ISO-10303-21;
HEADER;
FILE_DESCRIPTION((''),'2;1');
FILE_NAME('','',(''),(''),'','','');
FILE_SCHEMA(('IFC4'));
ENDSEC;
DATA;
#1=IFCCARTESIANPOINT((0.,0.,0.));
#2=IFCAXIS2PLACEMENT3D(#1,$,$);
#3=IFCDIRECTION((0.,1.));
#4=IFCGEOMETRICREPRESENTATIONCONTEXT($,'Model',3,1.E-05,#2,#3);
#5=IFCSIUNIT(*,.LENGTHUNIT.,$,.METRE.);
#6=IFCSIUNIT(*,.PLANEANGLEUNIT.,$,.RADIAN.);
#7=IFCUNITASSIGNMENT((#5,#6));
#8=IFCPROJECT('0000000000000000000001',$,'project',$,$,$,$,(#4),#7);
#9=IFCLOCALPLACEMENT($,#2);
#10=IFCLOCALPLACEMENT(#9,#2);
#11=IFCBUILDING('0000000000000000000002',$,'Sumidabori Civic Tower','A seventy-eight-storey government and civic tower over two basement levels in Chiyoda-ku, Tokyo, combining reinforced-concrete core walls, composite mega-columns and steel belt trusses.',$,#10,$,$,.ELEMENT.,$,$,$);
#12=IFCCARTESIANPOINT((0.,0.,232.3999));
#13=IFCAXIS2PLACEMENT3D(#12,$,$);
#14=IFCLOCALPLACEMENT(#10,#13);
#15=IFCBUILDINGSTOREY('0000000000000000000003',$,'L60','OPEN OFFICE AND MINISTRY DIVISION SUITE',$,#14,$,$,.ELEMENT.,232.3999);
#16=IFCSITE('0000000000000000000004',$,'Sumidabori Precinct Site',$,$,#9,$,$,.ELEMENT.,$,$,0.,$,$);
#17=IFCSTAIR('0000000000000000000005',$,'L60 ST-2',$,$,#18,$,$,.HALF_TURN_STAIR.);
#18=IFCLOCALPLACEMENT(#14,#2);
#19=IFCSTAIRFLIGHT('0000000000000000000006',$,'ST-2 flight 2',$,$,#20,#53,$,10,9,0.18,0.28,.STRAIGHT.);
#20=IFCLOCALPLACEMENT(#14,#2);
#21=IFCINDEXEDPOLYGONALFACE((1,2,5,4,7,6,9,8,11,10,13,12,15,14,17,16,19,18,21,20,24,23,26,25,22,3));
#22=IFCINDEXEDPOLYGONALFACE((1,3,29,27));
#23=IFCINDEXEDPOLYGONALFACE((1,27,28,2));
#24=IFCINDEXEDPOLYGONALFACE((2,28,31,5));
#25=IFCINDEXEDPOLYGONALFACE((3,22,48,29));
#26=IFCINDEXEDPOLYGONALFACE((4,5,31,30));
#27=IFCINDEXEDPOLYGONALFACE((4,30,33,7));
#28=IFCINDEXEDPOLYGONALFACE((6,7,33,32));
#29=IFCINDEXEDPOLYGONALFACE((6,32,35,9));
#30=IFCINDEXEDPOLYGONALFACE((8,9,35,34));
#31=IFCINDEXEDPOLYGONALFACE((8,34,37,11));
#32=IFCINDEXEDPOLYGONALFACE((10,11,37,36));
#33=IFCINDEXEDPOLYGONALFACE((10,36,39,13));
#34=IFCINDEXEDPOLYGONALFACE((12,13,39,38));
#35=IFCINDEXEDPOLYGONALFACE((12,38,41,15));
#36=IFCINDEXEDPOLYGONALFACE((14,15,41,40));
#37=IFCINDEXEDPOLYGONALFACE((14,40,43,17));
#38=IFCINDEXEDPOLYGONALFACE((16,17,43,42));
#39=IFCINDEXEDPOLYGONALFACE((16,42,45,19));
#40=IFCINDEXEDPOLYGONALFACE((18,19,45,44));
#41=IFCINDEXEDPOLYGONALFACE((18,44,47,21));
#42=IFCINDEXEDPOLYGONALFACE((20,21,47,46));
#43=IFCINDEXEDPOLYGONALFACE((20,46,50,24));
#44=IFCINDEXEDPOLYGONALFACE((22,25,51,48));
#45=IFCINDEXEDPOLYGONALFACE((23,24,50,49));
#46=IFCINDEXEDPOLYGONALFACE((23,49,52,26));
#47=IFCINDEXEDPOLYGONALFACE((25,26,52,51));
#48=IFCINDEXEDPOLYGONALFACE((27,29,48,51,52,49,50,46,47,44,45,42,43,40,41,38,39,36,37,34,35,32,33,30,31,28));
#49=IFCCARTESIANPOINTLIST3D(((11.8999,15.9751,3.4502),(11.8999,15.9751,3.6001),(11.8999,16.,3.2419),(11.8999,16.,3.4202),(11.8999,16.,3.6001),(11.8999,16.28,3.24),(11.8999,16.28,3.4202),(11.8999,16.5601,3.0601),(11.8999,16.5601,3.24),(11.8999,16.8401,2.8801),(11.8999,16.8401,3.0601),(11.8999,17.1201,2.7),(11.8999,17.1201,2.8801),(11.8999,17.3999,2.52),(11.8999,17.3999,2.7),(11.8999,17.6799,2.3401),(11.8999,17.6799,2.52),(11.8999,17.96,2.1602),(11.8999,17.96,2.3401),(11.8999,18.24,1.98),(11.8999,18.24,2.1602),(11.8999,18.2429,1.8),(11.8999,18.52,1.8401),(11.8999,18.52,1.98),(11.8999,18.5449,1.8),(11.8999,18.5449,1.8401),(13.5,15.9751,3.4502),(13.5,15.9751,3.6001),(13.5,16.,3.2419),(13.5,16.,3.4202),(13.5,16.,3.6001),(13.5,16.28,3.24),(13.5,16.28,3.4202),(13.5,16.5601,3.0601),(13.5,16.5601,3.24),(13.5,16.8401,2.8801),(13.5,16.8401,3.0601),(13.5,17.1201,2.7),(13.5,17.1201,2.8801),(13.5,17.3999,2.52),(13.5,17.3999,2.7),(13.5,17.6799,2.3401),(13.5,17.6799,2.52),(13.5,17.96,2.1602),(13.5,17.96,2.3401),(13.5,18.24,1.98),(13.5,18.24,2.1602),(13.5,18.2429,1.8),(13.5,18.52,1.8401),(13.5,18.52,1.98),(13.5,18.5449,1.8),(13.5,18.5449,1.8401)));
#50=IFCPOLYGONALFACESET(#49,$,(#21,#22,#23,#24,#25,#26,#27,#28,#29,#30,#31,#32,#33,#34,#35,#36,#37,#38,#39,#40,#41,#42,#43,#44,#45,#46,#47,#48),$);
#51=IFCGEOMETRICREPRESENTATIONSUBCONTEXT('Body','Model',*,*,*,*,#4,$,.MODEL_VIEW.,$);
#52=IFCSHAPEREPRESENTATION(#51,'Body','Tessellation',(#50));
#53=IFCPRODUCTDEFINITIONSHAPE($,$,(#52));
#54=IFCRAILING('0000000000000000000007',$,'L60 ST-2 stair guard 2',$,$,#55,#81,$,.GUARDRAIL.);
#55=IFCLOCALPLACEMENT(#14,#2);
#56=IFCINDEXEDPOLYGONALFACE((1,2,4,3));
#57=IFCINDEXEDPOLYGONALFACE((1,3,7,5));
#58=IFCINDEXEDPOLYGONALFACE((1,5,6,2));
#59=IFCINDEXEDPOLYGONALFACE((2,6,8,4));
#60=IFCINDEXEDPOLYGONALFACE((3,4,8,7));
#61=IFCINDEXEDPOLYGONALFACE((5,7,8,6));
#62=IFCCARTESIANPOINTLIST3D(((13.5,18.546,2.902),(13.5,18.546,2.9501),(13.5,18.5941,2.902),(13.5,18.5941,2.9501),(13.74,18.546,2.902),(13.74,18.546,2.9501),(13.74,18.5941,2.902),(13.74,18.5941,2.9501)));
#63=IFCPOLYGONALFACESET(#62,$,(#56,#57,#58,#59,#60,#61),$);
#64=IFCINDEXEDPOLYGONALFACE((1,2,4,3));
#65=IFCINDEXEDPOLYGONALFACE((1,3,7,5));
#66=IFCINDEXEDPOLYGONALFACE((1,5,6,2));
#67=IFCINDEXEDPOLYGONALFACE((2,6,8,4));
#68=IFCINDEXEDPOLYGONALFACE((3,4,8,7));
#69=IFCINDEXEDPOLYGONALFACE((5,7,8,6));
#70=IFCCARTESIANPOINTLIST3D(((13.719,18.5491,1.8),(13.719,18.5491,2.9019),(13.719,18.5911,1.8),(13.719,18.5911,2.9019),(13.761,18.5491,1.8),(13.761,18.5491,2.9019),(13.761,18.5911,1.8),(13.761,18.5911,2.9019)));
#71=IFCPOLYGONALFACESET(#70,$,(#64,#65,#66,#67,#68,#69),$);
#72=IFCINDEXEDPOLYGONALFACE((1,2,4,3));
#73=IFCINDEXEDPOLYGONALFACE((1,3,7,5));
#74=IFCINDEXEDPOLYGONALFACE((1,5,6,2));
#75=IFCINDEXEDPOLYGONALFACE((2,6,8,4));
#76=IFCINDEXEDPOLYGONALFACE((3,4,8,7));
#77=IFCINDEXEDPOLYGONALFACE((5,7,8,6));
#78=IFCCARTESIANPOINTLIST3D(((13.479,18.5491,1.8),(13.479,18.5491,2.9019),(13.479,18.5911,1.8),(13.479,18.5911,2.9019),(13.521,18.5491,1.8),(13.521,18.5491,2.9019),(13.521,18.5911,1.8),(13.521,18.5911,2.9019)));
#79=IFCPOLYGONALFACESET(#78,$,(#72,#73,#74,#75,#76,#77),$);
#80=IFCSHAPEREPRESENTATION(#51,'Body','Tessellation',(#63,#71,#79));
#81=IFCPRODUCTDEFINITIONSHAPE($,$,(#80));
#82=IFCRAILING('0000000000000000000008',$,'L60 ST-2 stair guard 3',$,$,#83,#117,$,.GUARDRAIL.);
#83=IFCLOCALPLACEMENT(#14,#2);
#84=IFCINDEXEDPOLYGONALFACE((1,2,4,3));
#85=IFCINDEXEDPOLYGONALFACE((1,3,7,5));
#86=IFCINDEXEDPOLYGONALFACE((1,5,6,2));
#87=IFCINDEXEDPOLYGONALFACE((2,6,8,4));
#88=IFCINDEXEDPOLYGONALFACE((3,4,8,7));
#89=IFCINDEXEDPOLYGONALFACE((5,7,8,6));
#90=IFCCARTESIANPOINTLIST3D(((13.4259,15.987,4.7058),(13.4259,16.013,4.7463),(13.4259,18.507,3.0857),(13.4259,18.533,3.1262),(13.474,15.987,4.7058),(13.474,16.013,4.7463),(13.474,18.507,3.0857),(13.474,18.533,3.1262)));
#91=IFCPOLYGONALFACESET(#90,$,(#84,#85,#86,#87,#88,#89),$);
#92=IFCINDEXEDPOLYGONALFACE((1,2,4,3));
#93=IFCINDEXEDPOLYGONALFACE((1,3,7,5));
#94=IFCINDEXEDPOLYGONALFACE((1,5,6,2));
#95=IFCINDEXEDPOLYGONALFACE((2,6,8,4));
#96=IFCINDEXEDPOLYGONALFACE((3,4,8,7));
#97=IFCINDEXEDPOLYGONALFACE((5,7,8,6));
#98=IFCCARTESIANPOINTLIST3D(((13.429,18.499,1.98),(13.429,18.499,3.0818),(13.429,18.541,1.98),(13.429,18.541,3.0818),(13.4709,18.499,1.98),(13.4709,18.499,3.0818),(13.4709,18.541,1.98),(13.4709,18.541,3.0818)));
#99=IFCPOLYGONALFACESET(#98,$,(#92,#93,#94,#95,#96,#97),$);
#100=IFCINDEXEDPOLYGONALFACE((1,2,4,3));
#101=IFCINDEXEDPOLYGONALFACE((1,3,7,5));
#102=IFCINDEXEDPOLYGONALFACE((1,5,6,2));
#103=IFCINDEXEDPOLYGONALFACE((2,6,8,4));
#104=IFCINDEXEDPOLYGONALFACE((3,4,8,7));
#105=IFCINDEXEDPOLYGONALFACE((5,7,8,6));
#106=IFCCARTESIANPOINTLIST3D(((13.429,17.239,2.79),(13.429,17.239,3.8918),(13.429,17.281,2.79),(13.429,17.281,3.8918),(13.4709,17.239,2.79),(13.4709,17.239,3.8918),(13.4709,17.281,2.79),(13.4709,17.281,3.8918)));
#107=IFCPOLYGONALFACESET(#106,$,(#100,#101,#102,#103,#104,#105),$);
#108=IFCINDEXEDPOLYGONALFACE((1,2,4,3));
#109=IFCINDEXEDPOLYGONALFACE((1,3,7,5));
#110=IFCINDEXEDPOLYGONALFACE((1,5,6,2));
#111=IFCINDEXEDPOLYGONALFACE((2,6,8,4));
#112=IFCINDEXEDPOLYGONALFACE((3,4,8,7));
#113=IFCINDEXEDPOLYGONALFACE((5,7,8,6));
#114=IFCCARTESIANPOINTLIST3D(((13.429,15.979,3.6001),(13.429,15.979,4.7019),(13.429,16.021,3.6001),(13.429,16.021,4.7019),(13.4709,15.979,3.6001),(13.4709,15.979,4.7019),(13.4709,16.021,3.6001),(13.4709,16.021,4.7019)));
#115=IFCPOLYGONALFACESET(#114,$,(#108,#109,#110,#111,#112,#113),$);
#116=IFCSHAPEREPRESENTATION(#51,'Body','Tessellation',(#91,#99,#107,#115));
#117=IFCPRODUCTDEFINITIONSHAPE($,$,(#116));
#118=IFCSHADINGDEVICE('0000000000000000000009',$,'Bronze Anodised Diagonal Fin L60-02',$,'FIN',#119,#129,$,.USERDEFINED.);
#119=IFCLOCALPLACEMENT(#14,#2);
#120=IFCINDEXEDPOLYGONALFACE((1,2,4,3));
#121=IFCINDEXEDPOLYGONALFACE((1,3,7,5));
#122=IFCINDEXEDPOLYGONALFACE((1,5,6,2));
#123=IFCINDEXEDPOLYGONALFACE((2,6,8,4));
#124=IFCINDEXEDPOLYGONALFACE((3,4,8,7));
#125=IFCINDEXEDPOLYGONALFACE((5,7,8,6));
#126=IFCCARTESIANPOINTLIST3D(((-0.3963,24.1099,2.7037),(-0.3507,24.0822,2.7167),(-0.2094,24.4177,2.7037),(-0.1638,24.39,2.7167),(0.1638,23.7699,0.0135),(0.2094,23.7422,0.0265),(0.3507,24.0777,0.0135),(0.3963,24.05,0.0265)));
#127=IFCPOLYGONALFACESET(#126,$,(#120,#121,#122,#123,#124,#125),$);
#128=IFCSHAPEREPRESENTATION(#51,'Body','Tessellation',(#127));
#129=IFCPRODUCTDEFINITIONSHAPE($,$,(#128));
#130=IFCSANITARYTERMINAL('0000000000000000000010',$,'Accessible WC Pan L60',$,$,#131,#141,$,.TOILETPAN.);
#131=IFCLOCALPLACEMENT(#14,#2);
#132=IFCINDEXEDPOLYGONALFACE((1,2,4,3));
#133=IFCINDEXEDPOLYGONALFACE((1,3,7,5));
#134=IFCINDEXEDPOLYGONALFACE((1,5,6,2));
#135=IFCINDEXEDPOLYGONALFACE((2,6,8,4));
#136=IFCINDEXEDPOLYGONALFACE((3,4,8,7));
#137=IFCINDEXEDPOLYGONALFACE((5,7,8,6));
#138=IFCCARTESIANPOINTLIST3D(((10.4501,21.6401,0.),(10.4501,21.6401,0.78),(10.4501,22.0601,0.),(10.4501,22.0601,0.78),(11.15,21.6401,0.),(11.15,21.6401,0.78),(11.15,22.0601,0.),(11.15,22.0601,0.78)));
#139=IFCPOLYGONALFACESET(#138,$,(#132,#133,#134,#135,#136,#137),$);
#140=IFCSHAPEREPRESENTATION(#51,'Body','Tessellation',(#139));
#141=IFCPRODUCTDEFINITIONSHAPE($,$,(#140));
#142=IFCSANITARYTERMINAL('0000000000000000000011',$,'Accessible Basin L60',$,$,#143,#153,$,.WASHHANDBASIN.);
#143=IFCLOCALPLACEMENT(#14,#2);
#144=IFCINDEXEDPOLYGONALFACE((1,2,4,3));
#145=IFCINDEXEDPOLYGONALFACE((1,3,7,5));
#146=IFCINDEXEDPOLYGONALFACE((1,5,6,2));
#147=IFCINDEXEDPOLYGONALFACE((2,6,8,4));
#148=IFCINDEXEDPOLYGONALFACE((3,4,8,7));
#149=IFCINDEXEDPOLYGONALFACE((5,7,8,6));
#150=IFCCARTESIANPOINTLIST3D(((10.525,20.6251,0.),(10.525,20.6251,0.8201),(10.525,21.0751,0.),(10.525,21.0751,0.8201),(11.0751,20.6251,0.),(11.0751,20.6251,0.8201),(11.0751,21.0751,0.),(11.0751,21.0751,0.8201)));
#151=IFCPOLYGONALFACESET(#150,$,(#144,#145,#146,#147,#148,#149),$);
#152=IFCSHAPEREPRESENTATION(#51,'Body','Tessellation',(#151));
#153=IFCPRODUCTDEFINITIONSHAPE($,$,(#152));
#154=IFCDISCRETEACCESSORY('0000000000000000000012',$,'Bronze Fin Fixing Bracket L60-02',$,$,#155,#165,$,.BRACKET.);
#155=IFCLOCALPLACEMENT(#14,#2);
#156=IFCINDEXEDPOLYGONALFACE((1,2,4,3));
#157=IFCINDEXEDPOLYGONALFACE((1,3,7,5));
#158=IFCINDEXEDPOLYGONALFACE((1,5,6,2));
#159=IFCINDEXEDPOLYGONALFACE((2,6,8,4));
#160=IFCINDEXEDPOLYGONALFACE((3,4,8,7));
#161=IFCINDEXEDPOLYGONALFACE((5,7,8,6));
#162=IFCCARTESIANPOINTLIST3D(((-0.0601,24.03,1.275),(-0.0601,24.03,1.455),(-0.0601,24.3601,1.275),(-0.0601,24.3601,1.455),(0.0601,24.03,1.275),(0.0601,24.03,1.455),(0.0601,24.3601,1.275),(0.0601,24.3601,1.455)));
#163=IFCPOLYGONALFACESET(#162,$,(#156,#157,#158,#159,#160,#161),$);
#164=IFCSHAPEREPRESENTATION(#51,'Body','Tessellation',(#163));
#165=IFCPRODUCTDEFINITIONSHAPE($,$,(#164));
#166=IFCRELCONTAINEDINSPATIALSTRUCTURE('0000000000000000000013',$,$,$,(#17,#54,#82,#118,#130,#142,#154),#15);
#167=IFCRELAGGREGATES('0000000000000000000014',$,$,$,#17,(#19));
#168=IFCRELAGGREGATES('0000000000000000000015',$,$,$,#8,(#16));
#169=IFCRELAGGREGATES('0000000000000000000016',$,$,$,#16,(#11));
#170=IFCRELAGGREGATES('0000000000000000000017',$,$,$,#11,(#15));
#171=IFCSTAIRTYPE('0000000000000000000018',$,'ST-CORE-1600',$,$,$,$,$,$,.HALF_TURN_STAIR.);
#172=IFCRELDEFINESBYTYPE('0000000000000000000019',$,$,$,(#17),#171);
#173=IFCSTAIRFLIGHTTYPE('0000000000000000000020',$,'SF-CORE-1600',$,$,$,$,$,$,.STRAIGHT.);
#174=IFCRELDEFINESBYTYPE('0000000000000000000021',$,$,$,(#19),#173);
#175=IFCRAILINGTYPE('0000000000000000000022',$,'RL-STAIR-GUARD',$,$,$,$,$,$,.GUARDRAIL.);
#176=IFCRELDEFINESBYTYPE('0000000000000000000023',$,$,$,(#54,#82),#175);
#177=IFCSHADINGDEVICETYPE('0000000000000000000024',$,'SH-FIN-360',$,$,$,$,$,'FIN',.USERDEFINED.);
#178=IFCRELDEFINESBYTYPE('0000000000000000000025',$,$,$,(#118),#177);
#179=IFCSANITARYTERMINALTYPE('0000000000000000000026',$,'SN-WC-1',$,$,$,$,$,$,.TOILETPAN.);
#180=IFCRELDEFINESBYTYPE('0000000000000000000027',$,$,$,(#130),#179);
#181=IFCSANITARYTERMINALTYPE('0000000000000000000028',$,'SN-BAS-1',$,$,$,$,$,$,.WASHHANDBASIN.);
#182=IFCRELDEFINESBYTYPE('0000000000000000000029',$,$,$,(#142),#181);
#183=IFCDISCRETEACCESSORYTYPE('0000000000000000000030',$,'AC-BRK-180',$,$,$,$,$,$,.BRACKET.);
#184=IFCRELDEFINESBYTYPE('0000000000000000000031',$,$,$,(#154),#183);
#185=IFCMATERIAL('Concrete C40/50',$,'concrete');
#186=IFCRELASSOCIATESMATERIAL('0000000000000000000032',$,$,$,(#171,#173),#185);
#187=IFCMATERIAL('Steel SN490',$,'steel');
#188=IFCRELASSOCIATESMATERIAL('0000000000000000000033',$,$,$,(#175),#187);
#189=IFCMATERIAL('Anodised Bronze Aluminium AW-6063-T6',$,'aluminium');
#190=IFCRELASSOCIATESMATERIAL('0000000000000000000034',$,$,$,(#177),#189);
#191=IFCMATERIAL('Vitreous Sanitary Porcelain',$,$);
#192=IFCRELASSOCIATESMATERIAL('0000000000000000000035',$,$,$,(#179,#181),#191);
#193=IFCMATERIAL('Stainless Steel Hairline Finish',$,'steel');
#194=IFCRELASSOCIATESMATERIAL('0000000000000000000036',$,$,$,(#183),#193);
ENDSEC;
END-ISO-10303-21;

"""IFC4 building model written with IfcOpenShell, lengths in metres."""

from ifc_helpers import new_model, si_unit, direction, frame, origin, origin_2d, place, context, subcontext, project, spatial, polyline, rectangle, outline, extrude, source, transform, mapped, material, material_profile, profile_set, type_object, element, aggregate, save


model = new_model("IFC4")

# Units and contexts
model_context = context("Model", 3, precision=1e-05, world=origin(), true_north=direction((0.0, 1.0)))
body_context = subcontext(model_context, "Body", "Model", "MODEL_VIEW")
ifc_project = project(units=[si_unit("LENGTHUNIT", "METRE"), si_unit("PLANEANGLEUNIT", "RADIAN")], contexts=[model_context])

# Site, building, storey
site_placement = place(None, origin())
site = spatial("IfcSite", under=ifc_project, at=site_placement, Name="Sumidabori Precinct Site", CompositionType="ELEMENT", RefElevation=0.0)
building_placement = place(site_placement, origin())
building = spatial("IfcBuilding", under=site, at=building_placement, Name="Sumidabori Civic Tower", Description="A seventy-eight-storey government and civic tower over two basement levels in Chiyoda-ku, Tokyo, combining reinforced-concrete core walls, composite mega-columns and steel belt trusses.", CompositionType="ELEMENT")
storey_placement = place(building_placement, frame((0.0, 0.0, 232.3999)))
storey = spatial("IfcBuildingStorey", under=building, at=storey_placement, Name="L60", Description="OPEN OFFICE AND MINISTRY DIVISION SUITE", CompositionType="ELEMENT", Elevation=232.3999)

# Shared definitions
ifc_material_1 = material(Name="Steel SN490", Category="steel")

# Shared definitions
ifc_material_2 = material(Name="Anodised Bronze Aluminium AW-6063-T6", Category="aluminium")

# Stair, stair flight
ifc_material_3 = material(Name="Concrete C40/50", Category="concrete")
stair_type = type_object("IfcStairType", Name="ST-CORE-1600", PredefinedType="HALF_TURN_STAIR", material=ifc_material_3)
stair_placement = place(storey_placement, origin())
stair = element("IfcStair", 1, at=stair_placement, inside=storey, type_object=stair_type, Name="L60 ST-2", PredefinedType="HALF_TURN_STAIR")
stair_flight_type = type_object("IfcStairFlightType", Name="SF-CORE-1600", PredefinedType="STRAIGHT", material=ifc_material_3)
shared_shape_1 = source(origin(), body_context, "Body", "SweptSolid", [
    extrude(outline(polyline([(-0.0249, 0.0), (-0.0249, 0.04), (0.0, 0.04), (0.0, 0.1799), (0.28, 0.1799), (0.28, 0.3601), (0.5601, 0.3601), (0.5601, 0.54), (0.8401, 0.54), (0.8401, 0.72), (1.1201, 0.72), (1.1201, 0.8999), (1.3999, 0.8999), (1.3999, 1.0801), (1.6799, 1.0801), (1.6799, 1.26), (1.96, 1.26), (1.96, 1.4399), (2.24, 1.4399), (2.24, 1.6201), (2.52, 1.6201), (2.52, 1.8), (2.5449, 1.8), (2.5449, 1.6501), (2.52, 1.4419), (0.2771, 0.0), (-0.0249, 0.0)])), frame((0.0, 0.8, 0.0), z_axis=(0.0, -1.0, 0.0), x_axis=(1.0, 0.0, 0.0)), (0.0, 0.0, 1.0), 1.6001),
])
stair_flight_placement = place(storey_placement, frame((12.7, 18.52, 1.8), z_axis=(0.0, 0.0, 1.0), x_axis=(0.0, -1.0, 0.0)))
stair_flight = element("IfcStairFlight", 2, at=stair_flight_placement, type_object=stair_flight_type, Name="ST-2 flight 2", NumberOfRisers=10, NumberOfTreads=9, PredefinedType="STRAIGHT", RiserHeight=0.18, TreadLength=0.28, context=body_context, shape_type="MappedRepresentation", body=[
    mapped(shared_shape_1, transform((0.0, 0.0, 0.0), x_axis=(1.0, 0.0, 0.0), y_axis=(0.0, 1.0, 0.0), z_axis=(0.0, 0.0, 1.0), scale=1.0)),
])
aggregate(stair, [stair_flight])

# Railings
railing_type = type_object("IfcRailingType", Name="RL-STAIR-GUARD", PredefinedType="GUARDRAIL", material=ifc_material_1)
railing_1_placement = place(storey_placement, frame((13.74, 18.5701, 1.8)))
element("IfcRailing", 3, at=railing_1_placement, inside=storey, type_object=railing_type, Name="L60 ST-2 stair guard 2", PredefinedType="GUARDRAIL", context=body_context, shape_type="SweptSolid", body=[
    extrude(rectangle(XDim=0.0481, YDim=0.0481, at=origin_2d()), frame((0.0, 0.0, 1.126), z_axis=(-1.0, 0.0, 0.0), x_axis=(0.0, -1.0, 0.0)), (0.0, 0.0, 1.0), 0.24),
    extrude(rectangle(XDim=0.042, YDim=0.042, at=origin_2d()), origin(), (0.0, 0.0, 1.0), 1.1018),
    extrude(rectangle(XDim=0.042, YDim=0.042, at=origin_2d()), frame((-0.24, 0.0, 0.0)), (0.0, 0.0, 1.0), 1.1018),
])
railing_2_placement = place(storey_placement, frame((13.45, 18.52, 1.98)))
element("IfcRailing", 4, at=railing_2_placement, inside=storey, type_object=railing_type, Name="L60 ST-2 stair guard 3", PredefinedType="GUARDRAIL", context=body_context, shape_type="SweptSolid", body=[
    extrude(rectangle(XDim=0.0481, YDim=0.0481, at=origin_2d()), frame((0.0, 0.0, 1.126), z_axis=(0.0, -0.841163, 0.540782), x_axis=(1.0, 0.0, 0.0)), (0.0, 0.0, 1.0), 2.9958),
    extrude(rectangle(XDim=0.042, YDim=0.042, at=origin_2d()), origin(), (0.0, 0.0, 1.0), 1.1018),
    extrude(rectangle(XDim=0.042, YDim=0.042, at=origin_2d()), frame((0.0, -1.26, 0.8101)), (0.0, 0.0, 1.0), 1.1018),
    extrude(rectangle(XDim=0.042, YDim=0.042, at=origin_2d()), frame((0.0, -2.52, 1.6201)), (0.0, 0.0, 1.0), 1.1018),
])

# Shading device
ifc_material_profile_1 = material_profile(ifc_material_2, rectangle(XDim=0.0549, YDim=0.3601, at=origin_2d()), Name="BRONZE FIN 360x55")
ifc_profile_set_1 = profile_set([ifc_material_profile_1], Name="Anodised Bronze Aluminium AW-6063-T6")
shading_device_type = type_object("IfcShadingDeviceType", Name="SH-FIN-360", ElementType="FIN", PredefinedType="USERDEFINED", material=ifc_profile_set_1)
shared_shape_2 = source(origin(), body_context, "Body", "SweptSolid", [
    extrude(rectangle(XDim=0.0549, YDim=0.3601, at=origin_2d()), origin(), (0.0, 0.0, 1.0), 2.7688),
])
shading_device_placement = place(storey_placement, frame((0.28, 23.9099, 0.02), z_axis=(-0.202273, 0.122827, 0.971596), x_axis=(0.830474, -0.504294, 0.236645)))
element("IfcShadingDevice", 5, at=shading_device_placement, inside=storey, type_object=shading_device_type, Name="Bronze Anodised Diagonal Fin L60-02", ObjectType="FIN", PredefinedType="USERDEFINED", context=body_context, shape_type="MappedRepresentation", body=[
    mapped(shared_shape_2, transform((0.0, 0.0, 0.0), x_axis=(1.0, 0.0, 0.0), y_axis=(0.0, 1.0, 0.0), z_axis=(0.0, 0.0, 1.0), scale=1.0)),
])

# Sanitary terminals
ifc_material_4 = material(Name="Vitreous Sanitary Porcelain")
sanitary_terminal_type_1 = type_object("IfcSanitaryTerminalType", Name="SN-WC-1", PredefinedType="TOILETPAN", material=ifc_material_4)
shared_shape_3 = source(origin(), body_context, "Body", "SweptSolid", [
    extrude(rectangle(XDim=0.7, YDim=0.4199, at=origin_2d()), origin(), (0.0, 0.0, 1.0), 0.78),
])
sanitary_terminal_1_placement = place(storey_placement, frame((10.8, 21.8501, 0.0), z_axis=(0.0, 0.0, 1.0), x_axis=(1.0, 0.0, 0.0)))
element("IfcSanitaryTerminal", 6, at=sanitary_terminal_1_placement, inside=storey, type_object=sanitary_terminal_type_1, Name="Accessible WC Pan L60", PredefinedType="TOILETPAN", context=body_context, shape_type="MappedRepresentation", body=[
    mapped(shared_shape_3, transform((0.0, 0.0, 0.0), x_axis=(1.0, 0.0, 0.0), y_axis=(0.0, 1.0, 0.0), z_axis=(0.0, 0.0, 1.0), scale=1.0)),
])
sanitary_terminal_type_2 = type_object("IfcSanitaryTerminalType", Name="SN-BAS-1", PredefinedType="WASHHANDBASIN", material=ifc_material_4)
shared_shape_4 = source(origin(), body_context, "Body", "SweptSolid", [
    extrude(rectangle(XDim=0.55, YDim=0.45, at=origin_2d()), origin(), (0.0, 0.0, 1.0), 0.8201),
])
sanitary_terminal_2_placement = place(storey_placement, frame((10.8, 20.8501, 0.0), z_axis=(0.0, 0.0, 1.0), x_axis=(1.0, 0.0, 0.0)))
element("IfcSanitaryTerminal", 7, at=sanitary_terminal_2_placement, inside=storey, type_object=sanitary_terminal_type_2, Name="Accessible Basin L60", PredefinedType="WASHHANDBASIN", context=body_context, shape_type="MappedRepresentation", body=[
    mapped(shared_shape_4, transform((0.0, 0.0, 0.0), x_axis=(1.0, 0.0, 0.0), y_axis=(0.0, 1.0, 0.0), z_axis=(0.0, 0.0, 1.0), scale=1.0)),
])

# Discrete accessory
ifc_material_5 = material(Name="Stainless Steel Hairline Finish", Category="steel")
ifc_material_profile_2 = material_profile(ifc_material_5, rectangle(XDim=0.1201, YDim=0.1799, at=origin_2d()), Name="STEEL BRACKET 180x120")
ifc_profile_set_2 = profile_set([ifc_material_profile_2], Name="Stainless Steel Hairline Finish")
discrete_accessory_type = type_object("IfcDiscreteAccessoryType", Name="AC-BRK-180", PredefinedType="BRACKET", material=ifc_profile_set_2)
shared_shape_5 = source(origin(), body_context, "Body", "SweptSolid", [
    extrude(rectangle(XDim=0.1201, YDim=0.1799, at=origin_2d()), origin(), (0.0, 0.0, 1.0), 0.3301),
])
discrete_accessory_placement = place(storey_placement, frame((0.0, 24.03, 1.365), z_axis=(0.0, 1.0, 0.0), x_axis=(-1.0, 0.0, 0.0)))
element("IfcDiscreteAccessory", 8, at=discrete_accessory_placement, inside=storey, type_object=discrete_accessory_type, Name="Bronze Fin Fixing Bracket L60-02", PredefinedType="BRACKET", context=body_context, shape_type="MappedRepresentation", body=[
    mapped(shared_shape_5, transform((0.0, 0.0, 0.0), x_axis=(1.0, 0.0, 0.0), y_axis=(0.0, 1.0, 0.0), z_axis=(0.0, 0.0, 1.0), scale=1.0)),
])

save(model, "model.ifc")
